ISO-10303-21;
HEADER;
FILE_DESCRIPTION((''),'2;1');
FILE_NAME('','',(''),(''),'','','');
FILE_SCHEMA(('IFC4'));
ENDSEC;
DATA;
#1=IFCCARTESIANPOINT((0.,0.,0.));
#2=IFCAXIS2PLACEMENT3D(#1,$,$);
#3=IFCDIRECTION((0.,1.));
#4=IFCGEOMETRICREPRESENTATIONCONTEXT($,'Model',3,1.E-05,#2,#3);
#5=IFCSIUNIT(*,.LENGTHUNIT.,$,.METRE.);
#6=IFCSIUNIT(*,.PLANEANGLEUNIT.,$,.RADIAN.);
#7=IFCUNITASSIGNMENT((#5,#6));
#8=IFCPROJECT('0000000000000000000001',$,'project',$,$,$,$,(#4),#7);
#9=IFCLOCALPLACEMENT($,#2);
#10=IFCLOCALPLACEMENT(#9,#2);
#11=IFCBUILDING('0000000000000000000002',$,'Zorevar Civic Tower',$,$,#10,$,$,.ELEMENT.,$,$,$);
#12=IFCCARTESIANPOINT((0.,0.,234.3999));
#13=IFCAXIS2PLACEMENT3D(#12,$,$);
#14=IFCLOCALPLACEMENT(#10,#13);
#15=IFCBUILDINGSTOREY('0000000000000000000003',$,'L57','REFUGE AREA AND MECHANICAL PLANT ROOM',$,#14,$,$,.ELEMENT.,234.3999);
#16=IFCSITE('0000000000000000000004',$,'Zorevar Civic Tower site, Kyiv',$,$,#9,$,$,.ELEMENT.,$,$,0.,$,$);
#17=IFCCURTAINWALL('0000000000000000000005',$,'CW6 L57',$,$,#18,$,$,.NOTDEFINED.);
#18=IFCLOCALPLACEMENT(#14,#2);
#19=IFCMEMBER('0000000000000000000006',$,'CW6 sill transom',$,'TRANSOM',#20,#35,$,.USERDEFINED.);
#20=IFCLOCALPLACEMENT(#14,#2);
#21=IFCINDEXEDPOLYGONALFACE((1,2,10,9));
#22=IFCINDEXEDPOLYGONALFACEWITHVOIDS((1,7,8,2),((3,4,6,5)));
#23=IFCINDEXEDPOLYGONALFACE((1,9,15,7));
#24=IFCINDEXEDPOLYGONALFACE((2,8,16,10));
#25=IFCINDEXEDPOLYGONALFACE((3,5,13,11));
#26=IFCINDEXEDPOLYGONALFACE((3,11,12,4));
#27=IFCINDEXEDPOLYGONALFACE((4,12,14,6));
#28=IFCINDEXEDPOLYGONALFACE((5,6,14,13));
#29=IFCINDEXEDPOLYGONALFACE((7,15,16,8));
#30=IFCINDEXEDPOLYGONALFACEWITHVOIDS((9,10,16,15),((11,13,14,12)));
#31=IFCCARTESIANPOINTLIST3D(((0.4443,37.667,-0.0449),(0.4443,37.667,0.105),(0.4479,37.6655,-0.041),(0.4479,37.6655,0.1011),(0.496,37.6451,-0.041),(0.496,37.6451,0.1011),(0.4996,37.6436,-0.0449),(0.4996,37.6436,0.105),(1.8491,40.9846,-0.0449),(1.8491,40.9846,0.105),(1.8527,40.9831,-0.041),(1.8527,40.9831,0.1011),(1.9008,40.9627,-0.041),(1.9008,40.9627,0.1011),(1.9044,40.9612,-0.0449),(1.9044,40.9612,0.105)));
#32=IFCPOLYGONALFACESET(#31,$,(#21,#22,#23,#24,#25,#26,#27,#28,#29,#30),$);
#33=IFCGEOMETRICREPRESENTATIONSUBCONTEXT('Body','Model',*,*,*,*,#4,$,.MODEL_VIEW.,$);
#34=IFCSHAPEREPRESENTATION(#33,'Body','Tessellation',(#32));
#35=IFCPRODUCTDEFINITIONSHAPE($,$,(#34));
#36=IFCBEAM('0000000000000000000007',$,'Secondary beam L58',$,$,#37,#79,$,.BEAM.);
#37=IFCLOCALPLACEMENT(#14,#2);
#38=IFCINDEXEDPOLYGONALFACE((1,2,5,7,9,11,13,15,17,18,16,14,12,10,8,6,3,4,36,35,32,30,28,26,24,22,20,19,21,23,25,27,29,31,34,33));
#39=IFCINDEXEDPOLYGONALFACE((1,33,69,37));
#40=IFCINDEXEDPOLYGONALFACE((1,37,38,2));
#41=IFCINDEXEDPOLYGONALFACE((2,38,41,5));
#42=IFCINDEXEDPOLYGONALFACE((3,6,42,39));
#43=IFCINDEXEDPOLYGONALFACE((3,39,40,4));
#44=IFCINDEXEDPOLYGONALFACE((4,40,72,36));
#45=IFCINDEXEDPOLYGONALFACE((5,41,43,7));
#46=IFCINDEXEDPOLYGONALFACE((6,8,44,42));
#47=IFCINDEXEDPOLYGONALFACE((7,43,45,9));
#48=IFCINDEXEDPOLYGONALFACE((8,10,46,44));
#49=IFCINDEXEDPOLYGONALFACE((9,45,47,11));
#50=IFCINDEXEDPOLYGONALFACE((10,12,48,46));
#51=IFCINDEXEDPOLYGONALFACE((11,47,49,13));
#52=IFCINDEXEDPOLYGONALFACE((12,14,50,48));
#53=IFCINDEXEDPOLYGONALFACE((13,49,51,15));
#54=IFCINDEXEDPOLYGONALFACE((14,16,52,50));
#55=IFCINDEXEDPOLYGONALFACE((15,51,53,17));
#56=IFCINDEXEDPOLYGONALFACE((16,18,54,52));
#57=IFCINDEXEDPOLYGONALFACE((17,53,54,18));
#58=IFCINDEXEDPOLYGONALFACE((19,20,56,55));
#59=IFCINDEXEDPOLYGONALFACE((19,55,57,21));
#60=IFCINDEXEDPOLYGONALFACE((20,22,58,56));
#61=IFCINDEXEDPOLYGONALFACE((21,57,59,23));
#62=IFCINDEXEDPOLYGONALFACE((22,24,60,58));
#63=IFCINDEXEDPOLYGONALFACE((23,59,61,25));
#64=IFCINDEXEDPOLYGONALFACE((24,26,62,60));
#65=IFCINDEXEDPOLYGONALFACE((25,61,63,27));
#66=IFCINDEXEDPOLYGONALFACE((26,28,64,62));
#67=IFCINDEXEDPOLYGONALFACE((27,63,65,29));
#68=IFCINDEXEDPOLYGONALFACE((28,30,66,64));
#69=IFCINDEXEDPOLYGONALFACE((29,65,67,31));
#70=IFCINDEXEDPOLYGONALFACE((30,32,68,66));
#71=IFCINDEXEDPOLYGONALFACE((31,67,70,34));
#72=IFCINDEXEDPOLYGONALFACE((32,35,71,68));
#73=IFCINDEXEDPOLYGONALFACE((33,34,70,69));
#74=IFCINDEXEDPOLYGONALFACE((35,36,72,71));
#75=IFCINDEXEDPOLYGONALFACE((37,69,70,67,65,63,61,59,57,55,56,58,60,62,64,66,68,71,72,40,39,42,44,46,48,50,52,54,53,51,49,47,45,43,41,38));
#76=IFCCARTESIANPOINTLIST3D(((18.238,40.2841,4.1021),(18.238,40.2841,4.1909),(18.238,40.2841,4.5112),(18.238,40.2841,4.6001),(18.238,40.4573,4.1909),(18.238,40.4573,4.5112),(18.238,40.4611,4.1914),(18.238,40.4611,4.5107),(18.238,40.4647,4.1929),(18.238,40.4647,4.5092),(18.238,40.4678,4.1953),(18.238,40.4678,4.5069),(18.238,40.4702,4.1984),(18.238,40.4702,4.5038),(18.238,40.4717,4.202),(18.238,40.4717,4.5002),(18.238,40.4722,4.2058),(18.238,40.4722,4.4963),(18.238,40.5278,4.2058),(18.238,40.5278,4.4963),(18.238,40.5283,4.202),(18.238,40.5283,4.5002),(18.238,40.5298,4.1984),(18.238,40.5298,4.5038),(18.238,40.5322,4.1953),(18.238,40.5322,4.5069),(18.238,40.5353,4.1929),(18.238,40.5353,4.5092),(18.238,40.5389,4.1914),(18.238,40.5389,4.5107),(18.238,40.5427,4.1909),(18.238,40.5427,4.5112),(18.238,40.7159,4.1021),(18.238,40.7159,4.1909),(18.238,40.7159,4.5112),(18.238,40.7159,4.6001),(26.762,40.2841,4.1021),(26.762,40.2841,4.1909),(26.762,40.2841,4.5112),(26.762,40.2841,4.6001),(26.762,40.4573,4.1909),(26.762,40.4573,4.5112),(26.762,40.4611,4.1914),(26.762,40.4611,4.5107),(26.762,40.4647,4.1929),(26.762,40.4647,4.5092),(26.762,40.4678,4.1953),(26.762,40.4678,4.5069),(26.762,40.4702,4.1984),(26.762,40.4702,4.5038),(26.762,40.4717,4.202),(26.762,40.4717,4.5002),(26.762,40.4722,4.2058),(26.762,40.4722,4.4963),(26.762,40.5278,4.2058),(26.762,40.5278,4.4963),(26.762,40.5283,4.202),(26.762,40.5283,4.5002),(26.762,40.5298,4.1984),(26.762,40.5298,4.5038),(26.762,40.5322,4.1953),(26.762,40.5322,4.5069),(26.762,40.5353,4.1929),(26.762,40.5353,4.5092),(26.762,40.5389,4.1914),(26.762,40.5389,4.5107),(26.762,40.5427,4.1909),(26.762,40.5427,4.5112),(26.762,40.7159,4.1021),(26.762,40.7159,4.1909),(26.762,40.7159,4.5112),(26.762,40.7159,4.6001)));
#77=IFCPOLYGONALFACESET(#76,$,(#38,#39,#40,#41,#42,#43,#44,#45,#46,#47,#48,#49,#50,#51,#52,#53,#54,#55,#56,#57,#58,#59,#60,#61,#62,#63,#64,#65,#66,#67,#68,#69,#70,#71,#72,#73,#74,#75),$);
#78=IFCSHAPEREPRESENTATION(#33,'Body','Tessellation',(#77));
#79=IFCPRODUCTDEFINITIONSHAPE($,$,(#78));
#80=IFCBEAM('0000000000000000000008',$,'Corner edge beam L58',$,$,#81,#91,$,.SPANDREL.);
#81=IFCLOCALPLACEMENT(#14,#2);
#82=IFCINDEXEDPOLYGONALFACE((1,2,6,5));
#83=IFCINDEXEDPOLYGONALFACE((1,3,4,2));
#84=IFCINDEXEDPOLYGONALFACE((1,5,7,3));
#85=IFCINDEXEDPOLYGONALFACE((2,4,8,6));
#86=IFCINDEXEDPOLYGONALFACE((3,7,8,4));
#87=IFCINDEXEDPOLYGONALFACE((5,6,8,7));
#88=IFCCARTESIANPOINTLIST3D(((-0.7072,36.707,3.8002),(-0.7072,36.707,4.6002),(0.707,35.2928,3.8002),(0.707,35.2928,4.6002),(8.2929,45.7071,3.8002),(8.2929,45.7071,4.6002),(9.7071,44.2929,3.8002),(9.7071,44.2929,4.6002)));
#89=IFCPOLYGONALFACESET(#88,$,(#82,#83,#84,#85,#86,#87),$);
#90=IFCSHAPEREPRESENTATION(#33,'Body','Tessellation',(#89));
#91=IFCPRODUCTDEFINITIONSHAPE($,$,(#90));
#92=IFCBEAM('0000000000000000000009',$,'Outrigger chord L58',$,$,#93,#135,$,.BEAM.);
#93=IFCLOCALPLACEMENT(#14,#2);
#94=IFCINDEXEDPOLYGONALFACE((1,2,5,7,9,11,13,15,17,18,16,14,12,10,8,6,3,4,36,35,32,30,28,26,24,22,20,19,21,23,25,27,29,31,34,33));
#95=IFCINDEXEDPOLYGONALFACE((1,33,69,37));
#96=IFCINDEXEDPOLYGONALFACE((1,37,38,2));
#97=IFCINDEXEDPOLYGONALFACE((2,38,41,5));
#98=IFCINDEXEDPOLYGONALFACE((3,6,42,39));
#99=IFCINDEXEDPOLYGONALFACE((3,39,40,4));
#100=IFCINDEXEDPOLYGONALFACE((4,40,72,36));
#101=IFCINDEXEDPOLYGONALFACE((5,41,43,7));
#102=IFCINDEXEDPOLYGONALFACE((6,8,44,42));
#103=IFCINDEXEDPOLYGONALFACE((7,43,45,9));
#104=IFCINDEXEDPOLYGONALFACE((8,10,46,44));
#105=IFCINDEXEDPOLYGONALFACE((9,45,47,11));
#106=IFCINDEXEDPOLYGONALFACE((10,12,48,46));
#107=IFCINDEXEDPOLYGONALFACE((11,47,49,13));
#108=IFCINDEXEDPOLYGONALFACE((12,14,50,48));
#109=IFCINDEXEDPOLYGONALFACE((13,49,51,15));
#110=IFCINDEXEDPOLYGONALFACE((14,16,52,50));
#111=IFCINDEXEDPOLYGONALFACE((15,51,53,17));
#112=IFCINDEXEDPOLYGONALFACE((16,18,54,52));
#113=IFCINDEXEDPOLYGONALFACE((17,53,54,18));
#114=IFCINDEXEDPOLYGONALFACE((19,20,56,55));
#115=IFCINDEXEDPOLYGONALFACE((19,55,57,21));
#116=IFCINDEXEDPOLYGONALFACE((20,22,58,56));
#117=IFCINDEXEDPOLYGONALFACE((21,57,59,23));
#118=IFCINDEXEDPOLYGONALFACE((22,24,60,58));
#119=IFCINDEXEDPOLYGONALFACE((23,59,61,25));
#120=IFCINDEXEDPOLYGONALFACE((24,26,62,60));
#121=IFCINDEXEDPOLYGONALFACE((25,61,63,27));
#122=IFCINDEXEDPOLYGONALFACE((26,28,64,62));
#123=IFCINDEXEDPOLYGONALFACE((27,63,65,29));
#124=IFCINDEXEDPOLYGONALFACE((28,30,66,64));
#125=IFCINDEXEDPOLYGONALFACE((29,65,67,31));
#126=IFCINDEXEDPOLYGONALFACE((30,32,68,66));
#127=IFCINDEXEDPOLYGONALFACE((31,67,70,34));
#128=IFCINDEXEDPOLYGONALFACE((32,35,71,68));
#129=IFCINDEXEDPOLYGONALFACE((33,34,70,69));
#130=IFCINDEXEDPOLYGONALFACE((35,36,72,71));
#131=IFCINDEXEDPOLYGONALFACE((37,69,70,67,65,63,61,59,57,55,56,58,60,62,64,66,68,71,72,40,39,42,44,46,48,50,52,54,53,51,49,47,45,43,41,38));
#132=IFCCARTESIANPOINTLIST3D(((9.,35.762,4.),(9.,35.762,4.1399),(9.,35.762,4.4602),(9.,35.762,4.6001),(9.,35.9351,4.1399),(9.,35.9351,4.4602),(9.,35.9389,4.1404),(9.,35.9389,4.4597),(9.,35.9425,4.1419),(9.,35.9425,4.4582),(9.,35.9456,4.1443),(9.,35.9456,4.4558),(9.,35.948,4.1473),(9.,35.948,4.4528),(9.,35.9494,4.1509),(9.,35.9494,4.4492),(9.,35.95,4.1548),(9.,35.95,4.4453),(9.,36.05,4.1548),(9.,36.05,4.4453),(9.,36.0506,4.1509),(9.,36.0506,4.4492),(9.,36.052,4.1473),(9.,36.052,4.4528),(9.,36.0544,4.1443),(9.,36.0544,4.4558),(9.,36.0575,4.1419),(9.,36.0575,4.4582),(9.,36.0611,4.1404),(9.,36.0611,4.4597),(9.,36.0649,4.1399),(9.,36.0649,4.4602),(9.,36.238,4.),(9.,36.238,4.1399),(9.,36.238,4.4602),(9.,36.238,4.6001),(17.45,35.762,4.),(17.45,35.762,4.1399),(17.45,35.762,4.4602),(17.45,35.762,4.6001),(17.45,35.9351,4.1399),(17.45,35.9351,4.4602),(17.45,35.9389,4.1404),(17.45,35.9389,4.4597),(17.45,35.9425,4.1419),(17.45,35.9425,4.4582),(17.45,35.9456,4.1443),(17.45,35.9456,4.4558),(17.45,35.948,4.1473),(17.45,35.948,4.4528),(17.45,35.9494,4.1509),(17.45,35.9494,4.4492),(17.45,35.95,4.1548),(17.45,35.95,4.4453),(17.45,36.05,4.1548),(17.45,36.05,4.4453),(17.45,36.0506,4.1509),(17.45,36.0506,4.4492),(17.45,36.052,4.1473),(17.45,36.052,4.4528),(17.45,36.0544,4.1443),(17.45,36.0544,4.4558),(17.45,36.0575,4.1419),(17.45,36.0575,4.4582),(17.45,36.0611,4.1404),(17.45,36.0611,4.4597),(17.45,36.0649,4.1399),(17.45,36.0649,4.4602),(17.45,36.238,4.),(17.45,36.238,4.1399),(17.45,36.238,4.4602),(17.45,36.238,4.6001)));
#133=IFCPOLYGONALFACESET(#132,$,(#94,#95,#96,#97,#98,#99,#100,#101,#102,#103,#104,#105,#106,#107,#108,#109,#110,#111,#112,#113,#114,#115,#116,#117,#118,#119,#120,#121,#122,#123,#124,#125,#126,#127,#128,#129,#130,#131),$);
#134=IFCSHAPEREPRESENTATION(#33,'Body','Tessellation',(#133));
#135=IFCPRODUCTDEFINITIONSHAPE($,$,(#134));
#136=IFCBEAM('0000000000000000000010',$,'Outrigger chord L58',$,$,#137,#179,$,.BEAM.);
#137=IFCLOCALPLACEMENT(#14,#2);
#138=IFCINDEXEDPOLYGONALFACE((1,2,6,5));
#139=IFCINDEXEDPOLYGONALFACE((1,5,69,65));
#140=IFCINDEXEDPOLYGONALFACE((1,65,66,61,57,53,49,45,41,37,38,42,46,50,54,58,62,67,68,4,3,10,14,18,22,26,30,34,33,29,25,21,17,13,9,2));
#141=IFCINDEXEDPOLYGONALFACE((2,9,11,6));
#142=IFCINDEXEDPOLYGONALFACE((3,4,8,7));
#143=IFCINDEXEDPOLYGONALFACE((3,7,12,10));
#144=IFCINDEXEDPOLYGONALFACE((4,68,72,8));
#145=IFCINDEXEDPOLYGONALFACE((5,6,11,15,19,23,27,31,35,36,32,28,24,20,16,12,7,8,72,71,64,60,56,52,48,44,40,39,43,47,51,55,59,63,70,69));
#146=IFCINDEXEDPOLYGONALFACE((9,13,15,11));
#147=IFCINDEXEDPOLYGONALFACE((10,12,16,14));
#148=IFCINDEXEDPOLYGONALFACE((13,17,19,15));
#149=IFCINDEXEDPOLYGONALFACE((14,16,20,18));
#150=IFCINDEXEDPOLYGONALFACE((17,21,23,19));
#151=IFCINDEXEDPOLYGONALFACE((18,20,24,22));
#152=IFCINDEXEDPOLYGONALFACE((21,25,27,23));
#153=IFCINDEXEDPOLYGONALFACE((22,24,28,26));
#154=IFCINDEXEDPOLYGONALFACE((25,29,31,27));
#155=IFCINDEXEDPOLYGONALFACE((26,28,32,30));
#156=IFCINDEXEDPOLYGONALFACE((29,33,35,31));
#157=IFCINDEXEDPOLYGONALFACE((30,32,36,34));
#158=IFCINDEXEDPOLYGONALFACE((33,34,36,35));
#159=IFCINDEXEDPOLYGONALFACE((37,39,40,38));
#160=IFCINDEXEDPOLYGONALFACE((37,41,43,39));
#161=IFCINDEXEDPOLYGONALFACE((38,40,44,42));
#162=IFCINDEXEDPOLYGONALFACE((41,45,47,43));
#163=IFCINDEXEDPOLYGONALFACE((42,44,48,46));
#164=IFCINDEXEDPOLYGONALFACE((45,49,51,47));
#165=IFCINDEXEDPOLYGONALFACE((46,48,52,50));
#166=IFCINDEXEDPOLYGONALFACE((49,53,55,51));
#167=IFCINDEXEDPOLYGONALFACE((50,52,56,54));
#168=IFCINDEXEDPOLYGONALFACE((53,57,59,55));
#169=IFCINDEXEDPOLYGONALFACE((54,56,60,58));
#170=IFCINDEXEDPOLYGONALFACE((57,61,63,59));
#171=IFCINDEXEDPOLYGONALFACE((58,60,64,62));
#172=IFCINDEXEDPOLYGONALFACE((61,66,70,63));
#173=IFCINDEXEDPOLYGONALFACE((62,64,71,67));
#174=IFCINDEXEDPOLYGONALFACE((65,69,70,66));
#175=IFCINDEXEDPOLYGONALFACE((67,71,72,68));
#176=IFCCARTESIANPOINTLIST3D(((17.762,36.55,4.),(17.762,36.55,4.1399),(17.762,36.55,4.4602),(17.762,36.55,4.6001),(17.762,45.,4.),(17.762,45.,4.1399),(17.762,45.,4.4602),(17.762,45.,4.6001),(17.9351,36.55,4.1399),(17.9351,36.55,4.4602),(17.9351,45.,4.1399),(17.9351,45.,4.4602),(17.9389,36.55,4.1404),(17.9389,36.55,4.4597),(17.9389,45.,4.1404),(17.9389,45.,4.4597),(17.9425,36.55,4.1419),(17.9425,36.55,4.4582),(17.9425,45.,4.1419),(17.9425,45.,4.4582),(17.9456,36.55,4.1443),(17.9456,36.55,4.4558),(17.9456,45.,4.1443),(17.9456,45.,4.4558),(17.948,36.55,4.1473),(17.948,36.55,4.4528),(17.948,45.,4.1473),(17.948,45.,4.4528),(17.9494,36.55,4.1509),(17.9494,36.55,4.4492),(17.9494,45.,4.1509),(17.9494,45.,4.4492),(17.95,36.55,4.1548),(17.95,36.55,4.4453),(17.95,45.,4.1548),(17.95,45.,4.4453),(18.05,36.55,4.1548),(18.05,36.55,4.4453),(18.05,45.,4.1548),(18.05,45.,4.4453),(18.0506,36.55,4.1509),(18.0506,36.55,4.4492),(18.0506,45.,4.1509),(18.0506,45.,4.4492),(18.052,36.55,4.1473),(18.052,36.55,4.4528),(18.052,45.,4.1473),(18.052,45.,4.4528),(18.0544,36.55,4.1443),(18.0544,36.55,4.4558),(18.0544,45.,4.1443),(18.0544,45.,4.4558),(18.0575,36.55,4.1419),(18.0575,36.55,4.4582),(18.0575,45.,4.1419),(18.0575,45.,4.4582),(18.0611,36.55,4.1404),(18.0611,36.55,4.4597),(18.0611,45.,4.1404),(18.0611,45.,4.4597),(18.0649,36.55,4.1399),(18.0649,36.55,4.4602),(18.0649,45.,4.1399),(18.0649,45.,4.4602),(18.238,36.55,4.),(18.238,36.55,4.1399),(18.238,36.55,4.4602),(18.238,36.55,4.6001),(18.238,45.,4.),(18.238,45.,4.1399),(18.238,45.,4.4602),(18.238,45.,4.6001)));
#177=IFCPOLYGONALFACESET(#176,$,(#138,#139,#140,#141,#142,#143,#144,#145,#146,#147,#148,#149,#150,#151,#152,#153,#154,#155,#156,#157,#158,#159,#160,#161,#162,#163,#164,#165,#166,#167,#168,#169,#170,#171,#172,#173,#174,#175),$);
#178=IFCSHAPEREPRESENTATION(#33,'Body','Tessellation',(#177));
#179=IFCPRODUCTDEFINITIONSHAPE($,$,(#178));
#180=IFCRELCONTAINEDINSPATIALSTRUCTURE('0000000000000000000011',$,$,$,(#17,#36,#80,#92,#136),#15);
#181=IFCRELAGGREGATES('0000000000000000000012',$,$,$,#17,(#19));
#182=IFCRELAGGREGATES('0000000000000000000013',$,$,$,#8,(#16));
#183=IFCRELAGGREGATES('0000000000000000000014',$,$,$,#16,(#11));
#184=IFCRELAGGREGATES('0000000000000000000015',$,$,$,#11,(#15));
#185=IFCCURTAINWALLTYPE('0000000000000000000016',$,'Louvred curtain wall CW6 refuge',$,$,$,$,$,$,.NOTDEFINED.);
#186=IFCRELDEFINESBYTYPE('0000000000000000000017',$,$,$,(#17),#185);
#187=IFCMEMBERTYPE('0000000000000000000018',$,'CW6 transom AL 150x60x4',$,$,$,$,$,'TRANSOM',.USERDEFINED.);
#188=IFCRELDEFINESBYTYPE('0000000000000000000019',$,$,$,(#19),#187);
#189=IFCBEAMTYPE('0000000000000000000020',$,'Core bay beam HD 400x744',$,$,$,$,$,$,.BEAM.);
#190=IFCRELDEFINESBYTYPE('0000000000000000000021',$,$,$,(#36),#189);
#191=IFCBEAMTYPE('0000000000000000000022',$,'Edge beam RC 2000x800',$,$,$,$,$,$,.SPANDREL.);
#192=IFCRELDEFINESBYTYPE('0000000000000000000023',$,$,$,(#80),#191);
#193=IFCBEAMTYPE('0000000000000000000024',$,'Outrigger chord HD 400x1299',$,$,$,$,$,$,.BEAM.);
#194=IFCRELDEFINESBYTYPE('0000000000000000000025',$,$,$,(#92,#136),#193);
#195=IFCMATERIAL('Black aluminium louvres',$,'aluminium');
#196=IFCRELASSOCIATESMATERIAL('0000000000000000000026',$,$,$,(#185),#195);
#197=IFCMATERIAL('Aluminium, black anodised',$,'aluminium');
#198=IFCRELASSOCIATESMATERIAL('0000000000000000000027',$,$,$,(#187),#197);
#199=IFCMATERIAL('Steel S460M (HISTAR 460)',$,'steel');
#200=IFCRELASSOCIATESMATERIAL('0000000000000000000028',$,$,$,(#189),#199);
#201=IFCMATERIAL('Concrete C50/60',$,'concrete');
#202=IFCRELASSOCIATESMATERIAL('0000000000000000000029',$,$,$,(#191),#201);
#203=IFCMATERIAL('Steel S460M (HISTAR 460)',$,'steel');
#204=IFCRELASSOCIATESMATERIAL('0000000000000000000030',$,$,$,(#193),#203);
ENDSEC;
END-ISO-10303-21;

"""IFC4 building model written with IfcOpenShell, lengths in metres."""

from ifc_helpers import new_model, si_unit, direction, frame, origin, origin_2d, place, context, subcontext, project, spatial, rectangle, hollow_rectangle, i_section, extrude, material, material_profile, profile_set, type_object, element, aggregate, save


model = new_model("IFC4")

# Units and contexts
model_context = context("Model", 3, precision=1e-05, world=origin(), true_north=direction((0.0, 1.0)))
body_context = subcontext(model_context, "Body", "Model", "MODEL_VIEW")
ifc_project = project(units=[si_unit("LENGTHUNIT", "METRE"), si_unit("PLANEANGLEUNIT", "RADIAN")], contexts=[model_context])

# Site, building, storey
site_placement = place(None, origin())
site = spatial("IfcSite", under=ifc_project, at=site_placement, Name="Zorevar Civic Tower site, Kyiv", CompositionType="ELEMENT", RefElevation=0.0)
building_placement = place(site_placement, origin())
building = spatial("IfcBuilding", under=site, at=building_placement, Name="Zorevar Civic Tower", CompositionType="ELEMENT")
storey_placement = place(building_placement, frame((0.0, 0.0, 234.3999)))
storey = spatial("IfcBuildingStorey", under=building, at=storey_placement, Name="L57", Description="REFUGE AREA AND MECHANICAL PLANT ROOM", CompositionType="ELEMENT", Elevation=234.3999)

# Curtain wall
ifc_material_1 = material(Name="Black aluminium louvres", Category="aluminium")
curtain_wall_type = type_object("IfcCurtainWallType", Name="Louvred curtain wall CW6 refuge", PredefinedType="NOTDEFINED", material=ifc_material_1)
curtain_wall_1_placement = place(storey_placement, origin())
curtain_wall_1 = element("IfcCurtainWall", 1, at=curtain_wall_1_placement, inside=storey, type_object=curtain_wall_type, Name="CW6 L57", PredefinedType="NOTDEFINED")

# Member
ifc_material_2 = material(Name="Aluminium, black anodised", Category="aluminium")
ifc_material_profile_1 = material_profile(ifc_material_2, hollow_rectangle(XDim=0.0601, YDim=0.1499, WallThickness=0.0039, at=origin_2d()), Name="AL 150x60x4")
ifc_profile_set_1 = profile_set([ifc_material_profile_1], Name="Aluminium, black anodised")
member_type_1 = type_object("IfcMemberType", Name="CW6 transom AL 150x60x4", ElementType="TRANSOM", PredefinedType="USERDEFINED", material=ifc_profile_set_1)
member_1_placement = place(storey_placement, frame((1.8767, 40.9729, 0.03), z_axis=(-0.389916, -0.92085, 0.0), x_axis=(0.92085, -0.389916, 0.0)))
member_1 = element("IfcMember", 2, at=member_1_placement, type_object=member_type_1, Name="CW6 sill transom", ObjectType="TRANSOM", PredefinedType="USERDEFINED", context=body_context, shape_type="SweptSolid", body=[
    extrude(hollow_rectangle(XDim=0.0601, YDim=0.1499, WallThickness=0.0039, at=origin_2d()), origin(), (0.0, 0.0, 1.0), 3.6028),
])

# Beams
ifc_material_3 = material(Name="Steel S460M (HISTAR 460)", Category="steel")
ifc_material_profile_2 = material_profile(ifc_material_3, i_section(OverallWidth=0.4319, OverallDepth=0.498, WebThickness=0.0557, FlangeThickness=0.0889, FilletRadius=0.0149, at=origin_2d()), Name="HD 400x744")
ifc_profile_set_2 = profile_set([ifc_material_profile_2], Name="Steel S460M (HISTAR 460)")
beam_type_1 = type_object("IfcBeamType", Name="Core bay beam HD 400x744", PredefinedType="BEAM", material=ifc_profile_set_2)
beam_1_placement = place(storey_placement, frame((18.238, 40.5, 4.3511), z_axis=(1.0, 0.0, 0.0), x_axis=(0.0, 1.0, 0.0)))
element("IfcBeam", 3, at=beam_1_placement, inside=storey, type_object=beam_type_1, Name="Secondary beam L58", PredefinedType="BEAM", context=body_context, shape_type="SweptSolid", body=[
    extrude(i_section(OverallWidth=0.4319, OverallDepth=0.498, WebThickness=0.0557, FlangeThickness=0.0889, FilletRadius=0.0149, at=origin_2d()), origin(), (0.0, 0.0, 1.0), 8.5239),
])
ifc_material_4 = material(Name="Concrete C50/60", Category="concrete")
ifc_material_profile_3 = material_profile(ifc_material_4, rectangle(XDim=2.0, YDim=0.8, at=origin_2d()), Name="RC 2000x800")
ifc_profile_set_3 = profile_set([ifc_material_profile_3], Name="Concrete C50/60")
beam_type_2 = type_object("IfcBeamType", Name="Edge beam RC 2000x800", PredefinedType="SPANDREL", material=ifc_profile_set_3)
beam_2_placement = place(storey_placement, frame((9.0, 45.0, 4.2002), z_axis=(-0.707107, -0.707107, 0.0), x_axis=(0.707107, -0.707107, 0.0)))
element("IfcBeam", 4, at=beam_2_placement, inside=storey, type_object=beam_type_2, Name="Corner edge beam L58", PredefinedType="SPANDREL", context=body_context, shape_type="SweptSolid", body=[
    extrude(rectangle(XDim=2.0, YDim=0.8, at=origin_2d()), origin(), (0.0, 0.0, 1.0), 12.728),
])
ifc_material_5 = material(Name="Steel S460M (HISTAR 460)", Category="steel")
ifc_material_profile_4 = material_profile(ifc_material_5, i_section(OverallWidth=0.4761, OverallDepth=0.6001, WebThickness=0.1001, FlangeThickness=0.1399, FilletRadius=0.0149, at=origin_2d()), Name="HD 400x1299")
ifc_profile_set_4 = profile_set([ifc_material_profile_4], Name="Steel S460M (HISTAR 460)")
beam_type_3 = type_object("IfcBeamType", Name="Outrigger chord HD 400x1299", PredefinedType="BEAM", material=ifc_profile_set_4)
for number, where, z_axis, x_axis, name in (
    (5, (9.0, 36.0, 4.3), (1.0, 0.0, 0.0), (0.0, 1.0, 0.0), "Outrigger chord L58"),
    (6, (18.0, 36.55, 4.3), (0.0, 1.0, 0.0), (-1.0, 0.0, 0.0), "Outrigger chord L58"),
):
    element("IfcBeam", number, at=place(storey_placement, frame(where, z_axis=z_axis, x_axis=x_axis)), inside=storey, type_object=beam_type_3, Name=name, PredefinedType="BEAM", context=body_context, shape_type="SweptSolid", body=[
        extrude(i_section(OverallWidth=0.4761, OverallDepth=0.6001, WebThickness=0.1001, FlangeThickness=0.1399, FilletRadius=0.0149, at=origin_2d()), origin(), (0.0, 0.0, 1.0), 8.45),
    ])

aggregate(curtain_wall_1, [member_1])

save(model, "model.ifc")
